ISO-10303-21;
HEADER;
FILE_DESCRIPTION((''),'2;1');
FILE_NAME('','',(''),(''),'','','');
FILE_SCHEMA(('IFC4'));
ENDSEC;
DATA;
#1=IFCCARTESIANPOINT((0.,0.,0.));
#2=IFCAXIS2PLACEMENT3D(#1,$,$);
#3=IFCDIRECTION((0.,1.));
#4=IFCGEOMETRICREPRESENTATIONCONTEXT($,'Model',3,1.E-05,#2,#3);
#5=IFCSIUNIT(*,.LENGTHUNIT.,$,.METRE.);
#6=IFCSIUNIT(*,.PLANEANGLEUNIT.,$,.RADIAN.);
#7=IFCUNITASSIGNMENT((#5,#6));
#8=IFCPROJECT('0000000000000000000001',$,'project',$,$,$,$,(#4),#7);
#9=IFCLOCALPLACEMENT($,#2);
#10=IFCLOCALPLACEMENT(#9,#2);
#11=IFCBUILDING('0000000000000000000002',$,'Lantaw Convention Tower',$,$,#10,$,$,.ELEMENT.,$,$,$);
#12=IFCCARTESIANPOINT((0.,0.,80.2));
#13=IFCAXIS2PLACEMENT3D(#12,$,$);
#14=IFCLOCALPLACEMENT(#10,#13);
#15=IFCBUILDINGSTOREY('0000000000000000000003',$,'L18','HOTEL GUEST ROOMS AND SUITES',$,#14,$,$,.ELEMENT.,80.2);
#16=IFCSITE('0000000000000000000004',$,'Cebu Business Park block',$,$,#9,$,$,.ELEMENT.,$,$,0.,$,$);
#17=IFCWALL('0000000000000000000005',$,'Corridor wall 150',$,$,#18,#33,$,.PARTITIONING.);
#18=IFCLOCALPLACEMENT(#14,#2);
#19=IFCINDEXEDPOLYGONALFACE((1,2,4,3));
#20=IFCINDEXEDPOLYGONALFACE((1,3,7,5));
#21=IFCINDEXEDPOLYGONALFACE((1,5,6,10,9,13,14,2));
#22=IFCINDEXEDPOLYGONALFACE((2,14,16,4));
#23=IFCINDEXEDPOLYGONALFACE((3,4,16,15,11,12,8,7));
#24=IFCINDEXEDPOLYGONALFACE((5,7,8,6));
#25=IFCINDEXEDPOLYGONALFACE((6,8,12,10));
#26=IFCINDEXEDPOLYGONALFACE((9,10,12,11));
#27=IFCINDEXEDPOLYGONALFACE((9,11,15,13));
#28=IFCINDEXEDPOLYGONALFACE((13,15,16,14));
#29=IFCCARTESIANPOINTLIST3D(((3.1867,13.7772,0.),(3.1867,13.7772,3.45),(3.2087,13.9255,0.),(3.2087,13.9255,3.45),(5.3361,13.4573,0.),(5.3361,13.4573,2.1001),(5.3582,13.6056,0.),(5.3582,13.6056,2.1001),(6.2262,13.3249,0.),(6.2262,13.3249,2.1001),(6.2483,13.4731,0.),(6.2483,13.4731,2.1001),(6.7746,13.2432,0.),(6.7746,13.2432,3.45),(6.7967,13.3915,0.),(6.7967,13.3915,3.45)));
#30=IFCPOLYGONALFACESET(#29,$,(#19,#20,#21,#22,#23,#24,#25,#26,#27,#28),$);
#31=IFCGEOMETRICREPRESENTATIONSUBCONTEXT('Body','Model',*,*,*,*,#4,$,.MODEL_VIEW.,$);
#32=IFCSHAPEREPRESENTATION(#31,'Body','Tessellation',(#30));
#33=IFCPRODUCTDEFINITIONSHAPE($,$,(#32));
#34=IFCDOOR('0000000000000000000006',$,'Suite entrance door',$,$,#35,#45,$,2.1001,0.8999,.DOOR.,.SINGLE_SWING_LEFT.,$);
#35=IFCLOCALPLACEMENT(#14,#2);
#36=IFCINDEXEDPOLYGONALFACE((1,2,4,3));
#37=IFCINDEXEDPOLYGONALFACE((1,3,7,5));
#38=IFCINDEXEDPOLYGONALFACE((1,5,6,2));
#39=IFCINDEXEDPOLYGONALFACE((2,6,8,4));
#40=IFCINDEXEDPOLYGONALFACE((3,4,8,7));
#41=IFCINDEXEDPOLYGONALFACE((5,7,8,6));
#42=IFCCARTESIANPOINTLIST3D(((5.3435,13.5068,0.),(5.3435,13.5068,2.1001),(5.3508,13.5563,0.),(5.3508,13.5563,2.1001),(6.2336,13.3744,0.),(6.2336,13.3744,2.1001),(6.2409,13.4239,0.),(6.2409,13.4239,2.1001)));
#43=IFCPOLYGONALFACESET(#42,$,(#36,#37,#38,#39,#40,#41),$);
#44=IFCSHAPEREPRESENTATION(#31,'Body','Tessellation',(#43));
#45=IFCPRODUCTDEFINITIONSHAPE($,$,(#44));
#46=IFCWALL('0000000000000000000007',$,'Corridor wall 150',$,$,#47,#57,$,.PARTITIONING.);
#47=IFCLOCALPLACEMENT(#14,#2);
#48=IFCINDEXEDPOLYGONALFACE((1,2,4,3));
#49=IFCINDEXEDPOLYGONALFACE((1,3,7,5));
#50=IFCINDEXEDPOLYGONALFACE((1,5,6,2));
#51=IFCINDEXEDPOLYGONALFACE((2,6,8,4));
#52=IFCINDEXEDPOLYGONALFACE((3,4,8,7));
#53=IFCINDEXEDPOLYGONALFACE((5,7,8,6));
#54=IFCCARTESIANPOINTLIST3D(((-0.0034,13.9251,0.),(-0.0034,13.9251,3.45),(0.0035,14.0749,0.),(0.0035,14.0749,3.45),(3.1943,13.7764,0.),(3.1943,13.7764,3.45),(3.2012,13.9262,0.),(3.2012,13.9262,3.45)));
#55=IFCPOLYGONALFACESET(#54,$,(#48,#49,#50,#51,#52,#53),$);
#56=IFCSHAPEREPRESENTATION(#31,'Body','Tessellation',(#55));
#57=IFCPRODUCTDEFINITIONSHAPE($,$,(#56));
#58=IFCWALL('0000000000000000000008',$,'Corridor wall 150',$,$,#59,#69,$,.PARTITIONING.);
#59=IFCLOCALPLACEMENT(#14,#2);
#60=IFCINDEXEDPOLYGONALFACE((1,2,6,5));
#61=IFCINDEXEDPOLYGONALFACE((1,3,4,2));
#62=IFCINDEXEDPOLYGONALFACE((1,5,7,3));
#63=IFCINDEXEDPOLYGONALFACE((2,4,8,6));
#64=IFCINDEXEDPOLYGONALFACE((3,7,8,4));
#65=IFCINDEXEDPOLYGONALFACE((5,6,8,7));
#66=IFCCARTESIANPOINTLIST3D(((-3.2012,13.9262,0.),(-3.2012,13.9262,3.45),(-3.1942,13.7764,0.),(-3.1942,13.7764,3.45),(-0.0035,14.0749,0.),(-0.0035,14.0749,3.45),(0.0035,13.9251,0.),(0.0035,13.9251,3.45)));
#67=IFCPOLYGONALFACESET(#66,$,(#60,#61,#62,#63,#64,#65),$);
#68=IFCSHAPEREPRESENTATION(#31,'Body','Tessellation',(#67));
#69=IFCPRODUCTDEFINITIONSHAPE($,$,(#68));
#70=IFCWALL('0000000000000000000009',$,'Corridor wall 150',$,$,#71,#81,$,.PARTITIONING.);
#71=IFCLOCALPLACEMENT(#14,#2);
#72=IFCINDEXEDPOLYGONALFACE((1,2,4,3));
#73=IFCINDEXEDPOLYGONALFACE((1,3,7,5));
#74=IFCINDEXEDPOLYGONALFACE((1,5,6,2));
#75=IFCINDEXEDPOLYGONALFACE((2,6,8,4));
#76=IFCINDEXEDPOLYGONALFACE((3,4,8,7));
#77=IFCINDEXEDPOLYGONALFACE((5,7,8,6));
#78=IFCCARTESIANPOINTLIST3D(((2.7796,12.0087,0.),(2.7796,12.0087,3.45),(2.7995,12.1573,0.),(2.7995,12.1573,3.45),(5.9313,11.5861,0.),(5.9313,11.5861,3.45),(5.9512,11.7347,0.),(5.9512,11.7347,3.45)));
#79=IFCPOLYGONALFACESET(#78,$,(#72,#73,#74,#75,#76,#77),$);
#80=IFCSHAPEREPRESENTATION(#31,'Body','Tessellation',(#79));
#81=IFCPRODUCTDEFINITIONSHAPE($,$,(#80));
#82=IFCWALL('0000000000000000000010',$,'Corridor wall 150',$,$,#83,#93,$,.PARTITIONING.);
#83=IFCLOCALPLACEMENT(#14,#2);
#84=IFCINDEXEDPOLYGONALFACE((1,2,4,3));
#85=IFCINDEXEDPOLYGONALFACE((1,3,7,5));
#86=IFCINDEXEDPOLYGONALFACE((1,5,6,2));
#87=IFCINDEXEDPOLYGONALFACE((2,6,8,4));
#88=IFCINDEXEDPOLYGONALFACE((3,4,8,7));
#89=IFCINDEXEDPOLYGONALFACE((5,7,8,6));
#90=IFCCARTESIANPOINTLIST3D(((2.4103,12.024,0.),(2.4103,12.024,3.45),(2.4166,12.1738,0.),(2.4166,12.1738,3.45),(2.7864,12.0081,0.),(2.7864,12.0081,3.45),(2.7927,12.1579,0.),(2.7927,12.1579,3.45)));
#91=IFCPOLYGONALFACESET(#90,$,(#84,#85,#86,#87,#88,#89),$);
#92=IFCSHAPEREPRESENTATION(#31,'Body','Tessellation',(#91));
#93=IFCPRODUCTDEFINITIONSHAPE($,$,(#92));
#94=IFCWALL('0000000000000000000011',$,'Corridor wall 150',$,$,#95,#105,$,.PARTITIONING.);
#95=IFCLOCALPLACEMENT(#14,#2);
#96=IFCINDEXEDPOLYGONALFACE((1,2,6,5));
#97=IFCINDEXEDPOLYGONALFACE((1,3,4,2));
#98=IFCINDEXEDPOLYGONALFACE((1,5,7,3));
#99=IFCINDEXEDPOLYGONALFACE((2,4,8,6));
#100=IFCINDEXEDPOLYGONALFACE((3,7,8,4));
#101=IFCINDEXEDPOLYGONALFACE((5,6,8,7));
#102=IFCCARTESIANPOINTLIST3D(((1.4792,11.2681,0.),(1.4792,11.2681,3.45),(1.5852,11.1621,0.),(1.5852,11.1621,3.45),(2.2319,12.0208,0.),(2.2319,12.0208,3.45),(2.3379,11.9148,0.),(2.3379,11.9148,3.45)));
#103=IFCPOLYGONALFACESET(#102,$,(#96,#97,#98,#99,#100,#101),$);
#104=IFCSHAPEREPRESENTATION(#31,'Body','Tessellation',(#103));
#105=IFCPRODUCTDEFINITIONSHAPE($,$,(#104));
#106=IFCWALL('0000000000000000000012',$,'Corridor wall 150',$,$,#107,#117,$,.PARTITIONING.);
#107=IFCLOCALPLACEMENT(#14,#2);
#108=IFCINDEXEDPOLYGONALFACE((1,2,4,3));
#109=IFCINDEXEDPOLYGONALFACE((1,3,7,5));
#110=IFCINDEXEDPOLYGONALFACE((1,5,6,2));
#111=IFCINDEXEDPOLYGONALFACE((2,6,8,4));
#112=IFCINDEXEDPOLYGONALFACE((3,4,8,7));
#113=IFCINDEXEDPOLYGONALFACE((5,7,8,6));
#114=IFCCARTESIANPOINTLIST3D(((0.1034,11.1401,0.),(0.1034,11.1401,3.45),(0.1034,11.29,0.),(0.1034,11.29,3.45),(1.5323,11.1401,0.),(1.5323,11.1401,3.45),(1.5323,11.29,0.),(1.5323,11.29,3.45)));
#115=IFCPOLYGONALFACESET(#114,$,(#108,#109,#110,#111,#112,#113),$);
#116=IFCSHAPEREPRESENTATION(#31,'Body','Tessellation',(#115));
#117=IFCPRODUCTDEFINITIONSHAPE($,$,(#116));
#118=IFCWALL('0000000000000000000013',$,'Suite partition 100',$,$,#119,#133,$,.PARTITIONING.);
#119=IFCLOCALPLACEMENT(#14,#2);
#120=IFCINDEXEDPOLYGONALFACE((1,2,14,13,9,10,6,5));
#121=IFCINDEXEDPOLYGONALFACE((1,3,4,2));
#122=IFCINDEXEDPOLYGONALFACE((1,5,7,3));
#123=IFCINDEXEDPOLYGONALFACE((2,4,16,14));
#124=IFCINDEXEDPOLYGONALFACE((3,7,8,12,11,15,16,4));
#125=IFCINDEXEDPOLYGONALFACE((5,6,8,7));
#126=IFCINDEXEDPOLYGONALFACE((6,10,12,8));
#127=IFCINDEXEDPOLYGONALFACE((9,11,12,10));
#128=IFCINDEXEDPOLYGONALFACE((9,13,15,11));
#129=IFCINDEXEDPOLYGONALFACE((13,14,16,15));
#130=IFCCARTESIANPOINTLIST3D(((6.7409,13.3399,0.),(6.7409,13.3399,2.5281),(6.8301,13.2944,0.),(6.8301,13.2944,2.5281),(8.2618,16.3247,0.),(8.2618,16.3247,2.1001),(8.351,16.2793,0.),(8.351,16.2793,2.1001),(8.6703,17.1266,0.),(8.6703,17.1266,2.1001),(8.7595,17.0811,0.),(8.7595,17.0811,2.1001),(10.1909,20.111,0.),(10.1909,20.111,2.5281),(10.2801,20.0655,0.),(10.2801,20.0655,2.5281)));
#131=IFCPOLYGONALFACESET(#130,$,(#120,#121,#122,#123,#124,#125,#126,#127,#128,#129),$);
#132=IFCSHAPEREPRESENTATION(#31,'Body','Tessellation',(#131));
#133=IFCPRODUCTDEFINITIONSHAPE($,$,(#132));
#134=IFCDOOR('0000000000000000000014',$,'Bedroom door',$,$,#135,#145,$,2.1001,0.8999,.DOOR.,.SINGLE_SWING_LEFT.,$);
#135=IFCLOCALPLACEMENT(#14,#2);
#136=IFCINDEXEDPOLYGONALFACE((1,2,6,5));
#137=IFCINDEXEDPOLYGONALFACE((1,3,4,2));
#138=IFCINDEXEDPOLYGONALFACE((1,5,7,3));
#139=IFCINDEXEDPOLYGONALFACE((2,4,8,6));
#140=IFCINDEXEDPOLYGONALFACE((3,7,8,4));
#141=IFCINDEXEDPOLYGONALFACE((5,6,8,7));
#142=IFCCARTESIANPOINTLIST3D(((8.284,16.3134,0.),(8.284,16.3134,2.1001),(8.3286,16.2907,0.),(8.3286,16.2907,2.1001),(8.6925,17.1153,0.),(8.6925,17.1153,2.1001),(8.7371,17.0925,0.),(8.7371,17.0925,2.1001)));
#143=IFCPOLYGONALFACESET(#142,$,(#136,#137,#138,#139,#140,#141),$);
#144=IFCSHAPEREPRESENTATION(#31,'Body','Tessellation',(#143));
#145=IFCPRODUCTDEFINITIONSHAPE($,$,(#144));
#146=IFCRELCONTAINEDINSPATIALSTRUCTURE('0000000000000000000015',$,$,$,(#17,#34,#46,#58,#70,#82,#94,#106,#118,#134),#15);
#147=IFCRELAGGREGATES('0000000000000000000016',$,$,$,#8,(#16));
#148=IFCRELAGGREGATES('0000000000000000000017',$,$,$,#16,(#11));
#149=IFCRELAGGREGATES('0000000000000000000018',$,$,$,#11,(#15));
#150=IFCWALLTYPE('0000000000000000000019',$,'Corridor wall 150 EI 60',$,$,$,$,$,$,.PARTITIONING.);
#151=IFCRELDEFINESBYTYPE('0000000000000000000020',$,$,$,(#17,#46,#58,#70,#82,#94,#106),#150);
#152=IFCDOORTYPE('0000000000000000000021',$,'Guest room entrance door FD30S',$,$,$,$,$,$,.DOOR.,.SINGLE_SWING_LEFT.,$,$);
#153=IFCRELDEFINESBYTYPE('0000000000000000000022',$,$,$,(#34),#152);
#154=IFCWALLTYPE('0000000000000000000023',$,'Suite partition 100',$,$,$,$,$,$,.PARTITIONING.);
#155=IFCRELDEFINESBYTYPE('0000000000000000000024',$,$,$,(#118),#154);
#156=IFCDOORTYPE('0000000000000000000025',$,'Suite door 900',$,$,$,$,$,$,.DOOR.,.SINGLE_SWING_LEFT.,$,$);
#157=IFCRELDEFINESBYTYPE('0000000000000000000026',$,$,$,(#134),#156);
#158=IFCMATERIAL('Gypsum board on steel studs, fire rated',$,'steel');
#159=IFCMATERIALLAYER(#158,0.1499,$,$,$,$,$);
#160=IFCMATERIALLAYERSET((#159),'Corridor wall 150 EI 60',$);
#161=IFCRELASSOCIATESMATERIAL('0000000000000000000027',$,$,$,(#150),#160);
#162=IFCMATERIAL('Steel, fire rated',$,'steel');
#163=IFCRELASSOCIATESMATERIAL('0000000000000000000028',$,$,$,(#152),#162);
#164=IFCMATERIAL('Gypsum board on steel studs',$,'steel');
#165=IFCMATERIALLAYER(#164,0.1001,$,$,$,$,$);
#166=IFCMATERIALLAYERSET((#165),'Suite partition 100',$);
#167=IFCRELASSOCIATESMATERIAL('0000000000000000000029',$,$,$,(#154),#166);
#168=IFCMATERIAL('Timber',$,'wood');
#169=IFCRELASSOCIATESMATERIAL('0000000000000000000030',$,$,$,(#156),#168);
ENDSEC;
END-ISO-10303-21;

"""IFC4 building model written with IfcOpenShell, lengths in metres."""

from ifc_helpers import new_model, si_unit, direction, frame, frame_2d, origin, place, context, subcontext, project, spatial, rectangle, extrude, material, layer, layer_set, type_object, element, fill, save


model = new_model("IFC4")

# Units and contexts
model_context = context("Model", 3, precision=1e-05, world=origin(), true_north=direction((0.0, 1.0)))
body_context = subcontext(model_context, "Body", "Model", "MODEL_VIEW")
ifc_project = project(units=[si_unit("LENGTHUNIT", "METRE"), si_unit("PLANEANGLEUNIT", "RADIAN")], contexts=[model_context])

# Site, building, storey
site_placement = place(None, origin())
site = spatial("IfcSite", under=ifc_project, at=site_placement, Name="Cebu Business Park block", CompositionType="ELEMENT", RefElevation=0.0)
building_placement = place(site_placement, origin())
building = spatial("IfcBuilding", under=site, at=building_placement, Name="Lantaw Convention Tower", CompositionType="ELEMENT")
storey_placement = place(building_placement, frame((0.0, 0.0, 80.2)))
storey = spatial("IfcBuildingStorey", under=building, at=storey_placement, Name="L18", Description="HOTEL GUEST ROOMS AND SUITES", CompositionType="ELEMENT", Elevation=80.2)

# Shared definitions
ifc_material_1 = material(Name="Timber", Category="wood")

# Shared definitions
ifc_material_2 = material(Name="Gypsum board on steel studs, fire rated", Category="steel")
ifc_layer_1 = layer(ifc_material_2, 0.1499)
ifc_layer_set_1 = layer_set([ifc_layer_1], Name="Corridor wall 150 EI 60")
wall_type_1 = type_object("IfcWallType", Name="Corridor wall 150 EI 60", PredefinedType="PARTITIONING", material=ifc_layer_set_1)

# Wall, opening, door
wall_1_placement = place(storey_placement, frame((6.7856, 13.3174, 0.0), z_axis=(0.0, 0.0, 1.0), x_axis=(-0.989107, 0.147195, 0.0)))
wall_1 = element("IfcWall", 1, at=wall_1_placement, inside=storey, type_object=wall_type_1, Name="Corridor wall 150", PredefinedType="PARTITIONING", context=body_context, shape_type="SweptSolid", body=[
    extrude(rectangle(XDim=3.6274, YDim=0.1499, at=frame_2d((1.8137, 0.0))), origin(), (0.0, 0.0, 1.0), 3.45),
])
opening_1_placement = place(wall_1_placement, frame((0.5544, 0.0, 0.0)))
opening_1 = element("IfcOpeningElement", 2, at=opening_1_placement, cuts=wall_1, PredefinedType="OPENING", context=body_context, shape_type="SweptSolid", body=[
    extrude(rectangle(XDim=0.8999, YDim=2.1001, at=frame_2d((0.45, 1.05))), frame((0.0, 0.085, 0.0), z_axis=(0.0, -1.0, 0.0), x_axis=(1.0, 0.0, 0.0)), (0.0, 0.0, 1.0), 0.1699),
])
ifc_material_3 = material(Name="Steel, fire rated", Category="steel")
door_type_1 = type_object("IfcDoorType", Name="Guest room entrance door FD30S", OperationType="SINGLE_SWING_LEFT", PredefinedType="DOOR", material=ifc_material_3)
door_1_placement = place(opening_1_placement, origin())
door_1 = element("IfcDoor", 3, at=door_1_placement, inside=storey, type_object=door_type_1, Name="Suite entrance door", OperationType="SINGLE_SWING_LEFT", OverallHeight=2.1001, OverallWidth=0.8999, PredefinedType="DOOR", context=body_context, shape_type="SweptSolid", body=[
    extrude(rectangle(XDim=0.8999, YDim=2.1001, at=frame_2d((0.45, 1.05))), frame((0.0, 0.0249, 0.0), z_axis=(0.0, -1.0, 0.0), x_axis=(1.0, 0.0, 0.0)), (0.0, 0.0, 1.0), 0.05),
])
fill(opening_1, door_1)

# Walls
for number, where, z_axis, x_axis, name in (
    (4, (3.1978, 13.8513, 0.0), (0.0, 0.0, 1.0), (-0.998921, 0.046445, 0.0), "Corridor wall 150"),
    (5, (0.0, 14.0, 0.0), (0.0, 0.0, 1.0), (-0.998921, -0.046445, 0.0), "Corridor wall 150"),
):
    element("IfcWall", number, at=place(storey_placement, frame(where, z_axis=z_axis, x_axis=x_axis)), inside=storey, type_object=wall_type_1, Name=name, PredefinedType="PARTITIONING", context=body_context, shape_type="SweptSolid", body=[
        extrude(rectangle(XDim=3.2012, YDim=0.1499, at=frame_2d((1.6006, 0.0))), origin(), (0.0, 0.0, 1.0), 3.45),
    ])
wall_2_placement = place(storey_placement, frame((5.9412, 11.6604, 0.0), z_axis=(0.0, 0.0, 1.0), x_axis=(-0.991129, 0.132903, 0.0)))
element("IfcWall", 6, at=wall_2_placement, inside=storey, type_object=wall_type_1, Name="Corridor wall 150", PredefinedType="PARTITIONING", context=body_context, shape_type="SweptSolid", body=[
    extrude(rectangle(XDim=3.1799, YDim=0.1499, at=frame_2d((1.5898, 0.0))), origin(), (0.0, 0.0, 1.0), 3.45),
])
wall_3_placement = place(storey_placement, frame((2.7896, 12.083, 0.0), z_axis=(0.0, 0.0, 1.0), x_axis=(-0.999112, 0.042143, 0.0)))
element("IfcWall", 7, at=wall_3_placement, inside=storey, type_object=wall_type_1, Name="Corridor wall 150", PredefinedType="PARTITIONING", context=body_context, shape_type="SweptSolid", body=[
    extrude(rectangle(XDim=0.3765, YDim=0.1499, at=frame_2d((0.1882, 0.0))), origin(), (0.0, 0.0, 1.0), 3.45),
])
wall_4_placement = place(storey_placement, frame((2.2849, 11.9678, 0.0), z_axis=(0.0, 0.0, 1.0), x_axis=(-0.707107, -0.707107, 0.0)))
element("IfcWall", 8, at=wall_4_placement, inside=storey, type_object=wall_type_1, Name="Corridor wall 150", PredefinedType="PARTITIONING", context=body_context, shape_type="SweptSolid", body=[
    extrude(rectangle(XDim=1.0645, YDim=0.1499, at=frame_2d((0.5322, 0.0))), origin(), (0.0, 0.0, 1.0), 3.45),
])
wall_5_placement = place(storey_placement, frame((1.5322, 11.2151, 0.0), z_axis=(0.0, 0.0, 1.0), x_axis=(-1.0, 0.0, 0.0)))
element("IfcWall", 9, at=wall_5_placement, inside=storey, type_object=wall_type_1, Name="Corridor wall 150", PredefinedType="PARTITIONING", context=body_context, shape_type="SweptSolid", body=[
    extrude(rectangle(XDim=1.429, YDim=0.1499, at=frame_2d((0.7144, 0.0))), origin(), (0.0, 0.0, 1.0), 3.45),
])

# Wall, opening, door
ifc_material_4 = material(Name="Gypsum board on steel studs", Category="steel")
ifc_layer_2 = layer(ifc_material_4, 0.1001)
ifc_layer_set_2 = layer_set([ifc_layer_2], Name="Suite partition 100")
wall_type_2 = type_object("IfcWallType", Name="Suite partition 100", PredefinedType="PARTITIONING", material=ifc_layer_set_2)
wall_6_placement = place(storey_placement, frame((10.2356, 20.0884, 0.0), z_axis=(0.0, 0.0, 1.0), x_axis=(-0.453986, -0.891009, 0.0)))
wall_6 = element("IfcWall", 10, at=wall_6_placement, inside=storey, type_object=wall_type_2, Name="Suite partition 100", PredefinedType="PARTITIONING", context=body_context, shape_type="SweptSolid", body=[
    extrude(rectangle(XDim=7.5994, YDim=0.1001, at=frame_2d((3.7998, 0.0))), origin(), (0.0, 0.0, 1.0), 2.5281),
])
opening_2_placement = place(wall_6_placement, frame((3.3496, 0.0, 0.0)))
opening_2 = element("IfcOpeningElement", 11, at=opening_2_placement, cuts=wall_6, PredefinedType="OPENING", context=body_context, shape_type="SweptSolid", body=[
    extrude(rectangle(XDim=0.8999, YDim=2.1001, at=frame_2d((0.45, 1.05))), frame((0.0, 0.0601, 0.0), z_axis=(0.0, -1.0, 0.0), x_axis=(1.0, 0.0, 0.0)), (0.0, 0.0, 1.0), 0.1201),
])
door_type_2 = type_object("IfcDoorType", Name="Suite door 900", OperationType="SINGLE_SWING_LEFT", PredefinedType="DOOR", material=ifc_material_1)
door_2_placement = place(opening_2_placement, origin())
door_2 = element("IfcDoor", 12, at=door_2_placement, inside=storey, type_object=door_type_2, Name="Bedroom door", OperationType="SINGLE_SWING_LEFT", OverallHeight=2.1001, OverallWidth=0.8999, PredefinedType="DOOR", context=body_context, shape_type="SweptSolid", body=[
    extrude(rectangle(XDim=0.8999, YDim=2.1001, at=frame_2d((0.45, 1.05))), frame((0.0, 0.0249, 0.0), z_axis=(0.0, -1.0, 0.0), x_axis=(1.0, 0.0, 0.0)), (0.0, 0.0, 1.0), 0.05),
])
fill(opening_2, door_2)

save(model, "model.ifc")
